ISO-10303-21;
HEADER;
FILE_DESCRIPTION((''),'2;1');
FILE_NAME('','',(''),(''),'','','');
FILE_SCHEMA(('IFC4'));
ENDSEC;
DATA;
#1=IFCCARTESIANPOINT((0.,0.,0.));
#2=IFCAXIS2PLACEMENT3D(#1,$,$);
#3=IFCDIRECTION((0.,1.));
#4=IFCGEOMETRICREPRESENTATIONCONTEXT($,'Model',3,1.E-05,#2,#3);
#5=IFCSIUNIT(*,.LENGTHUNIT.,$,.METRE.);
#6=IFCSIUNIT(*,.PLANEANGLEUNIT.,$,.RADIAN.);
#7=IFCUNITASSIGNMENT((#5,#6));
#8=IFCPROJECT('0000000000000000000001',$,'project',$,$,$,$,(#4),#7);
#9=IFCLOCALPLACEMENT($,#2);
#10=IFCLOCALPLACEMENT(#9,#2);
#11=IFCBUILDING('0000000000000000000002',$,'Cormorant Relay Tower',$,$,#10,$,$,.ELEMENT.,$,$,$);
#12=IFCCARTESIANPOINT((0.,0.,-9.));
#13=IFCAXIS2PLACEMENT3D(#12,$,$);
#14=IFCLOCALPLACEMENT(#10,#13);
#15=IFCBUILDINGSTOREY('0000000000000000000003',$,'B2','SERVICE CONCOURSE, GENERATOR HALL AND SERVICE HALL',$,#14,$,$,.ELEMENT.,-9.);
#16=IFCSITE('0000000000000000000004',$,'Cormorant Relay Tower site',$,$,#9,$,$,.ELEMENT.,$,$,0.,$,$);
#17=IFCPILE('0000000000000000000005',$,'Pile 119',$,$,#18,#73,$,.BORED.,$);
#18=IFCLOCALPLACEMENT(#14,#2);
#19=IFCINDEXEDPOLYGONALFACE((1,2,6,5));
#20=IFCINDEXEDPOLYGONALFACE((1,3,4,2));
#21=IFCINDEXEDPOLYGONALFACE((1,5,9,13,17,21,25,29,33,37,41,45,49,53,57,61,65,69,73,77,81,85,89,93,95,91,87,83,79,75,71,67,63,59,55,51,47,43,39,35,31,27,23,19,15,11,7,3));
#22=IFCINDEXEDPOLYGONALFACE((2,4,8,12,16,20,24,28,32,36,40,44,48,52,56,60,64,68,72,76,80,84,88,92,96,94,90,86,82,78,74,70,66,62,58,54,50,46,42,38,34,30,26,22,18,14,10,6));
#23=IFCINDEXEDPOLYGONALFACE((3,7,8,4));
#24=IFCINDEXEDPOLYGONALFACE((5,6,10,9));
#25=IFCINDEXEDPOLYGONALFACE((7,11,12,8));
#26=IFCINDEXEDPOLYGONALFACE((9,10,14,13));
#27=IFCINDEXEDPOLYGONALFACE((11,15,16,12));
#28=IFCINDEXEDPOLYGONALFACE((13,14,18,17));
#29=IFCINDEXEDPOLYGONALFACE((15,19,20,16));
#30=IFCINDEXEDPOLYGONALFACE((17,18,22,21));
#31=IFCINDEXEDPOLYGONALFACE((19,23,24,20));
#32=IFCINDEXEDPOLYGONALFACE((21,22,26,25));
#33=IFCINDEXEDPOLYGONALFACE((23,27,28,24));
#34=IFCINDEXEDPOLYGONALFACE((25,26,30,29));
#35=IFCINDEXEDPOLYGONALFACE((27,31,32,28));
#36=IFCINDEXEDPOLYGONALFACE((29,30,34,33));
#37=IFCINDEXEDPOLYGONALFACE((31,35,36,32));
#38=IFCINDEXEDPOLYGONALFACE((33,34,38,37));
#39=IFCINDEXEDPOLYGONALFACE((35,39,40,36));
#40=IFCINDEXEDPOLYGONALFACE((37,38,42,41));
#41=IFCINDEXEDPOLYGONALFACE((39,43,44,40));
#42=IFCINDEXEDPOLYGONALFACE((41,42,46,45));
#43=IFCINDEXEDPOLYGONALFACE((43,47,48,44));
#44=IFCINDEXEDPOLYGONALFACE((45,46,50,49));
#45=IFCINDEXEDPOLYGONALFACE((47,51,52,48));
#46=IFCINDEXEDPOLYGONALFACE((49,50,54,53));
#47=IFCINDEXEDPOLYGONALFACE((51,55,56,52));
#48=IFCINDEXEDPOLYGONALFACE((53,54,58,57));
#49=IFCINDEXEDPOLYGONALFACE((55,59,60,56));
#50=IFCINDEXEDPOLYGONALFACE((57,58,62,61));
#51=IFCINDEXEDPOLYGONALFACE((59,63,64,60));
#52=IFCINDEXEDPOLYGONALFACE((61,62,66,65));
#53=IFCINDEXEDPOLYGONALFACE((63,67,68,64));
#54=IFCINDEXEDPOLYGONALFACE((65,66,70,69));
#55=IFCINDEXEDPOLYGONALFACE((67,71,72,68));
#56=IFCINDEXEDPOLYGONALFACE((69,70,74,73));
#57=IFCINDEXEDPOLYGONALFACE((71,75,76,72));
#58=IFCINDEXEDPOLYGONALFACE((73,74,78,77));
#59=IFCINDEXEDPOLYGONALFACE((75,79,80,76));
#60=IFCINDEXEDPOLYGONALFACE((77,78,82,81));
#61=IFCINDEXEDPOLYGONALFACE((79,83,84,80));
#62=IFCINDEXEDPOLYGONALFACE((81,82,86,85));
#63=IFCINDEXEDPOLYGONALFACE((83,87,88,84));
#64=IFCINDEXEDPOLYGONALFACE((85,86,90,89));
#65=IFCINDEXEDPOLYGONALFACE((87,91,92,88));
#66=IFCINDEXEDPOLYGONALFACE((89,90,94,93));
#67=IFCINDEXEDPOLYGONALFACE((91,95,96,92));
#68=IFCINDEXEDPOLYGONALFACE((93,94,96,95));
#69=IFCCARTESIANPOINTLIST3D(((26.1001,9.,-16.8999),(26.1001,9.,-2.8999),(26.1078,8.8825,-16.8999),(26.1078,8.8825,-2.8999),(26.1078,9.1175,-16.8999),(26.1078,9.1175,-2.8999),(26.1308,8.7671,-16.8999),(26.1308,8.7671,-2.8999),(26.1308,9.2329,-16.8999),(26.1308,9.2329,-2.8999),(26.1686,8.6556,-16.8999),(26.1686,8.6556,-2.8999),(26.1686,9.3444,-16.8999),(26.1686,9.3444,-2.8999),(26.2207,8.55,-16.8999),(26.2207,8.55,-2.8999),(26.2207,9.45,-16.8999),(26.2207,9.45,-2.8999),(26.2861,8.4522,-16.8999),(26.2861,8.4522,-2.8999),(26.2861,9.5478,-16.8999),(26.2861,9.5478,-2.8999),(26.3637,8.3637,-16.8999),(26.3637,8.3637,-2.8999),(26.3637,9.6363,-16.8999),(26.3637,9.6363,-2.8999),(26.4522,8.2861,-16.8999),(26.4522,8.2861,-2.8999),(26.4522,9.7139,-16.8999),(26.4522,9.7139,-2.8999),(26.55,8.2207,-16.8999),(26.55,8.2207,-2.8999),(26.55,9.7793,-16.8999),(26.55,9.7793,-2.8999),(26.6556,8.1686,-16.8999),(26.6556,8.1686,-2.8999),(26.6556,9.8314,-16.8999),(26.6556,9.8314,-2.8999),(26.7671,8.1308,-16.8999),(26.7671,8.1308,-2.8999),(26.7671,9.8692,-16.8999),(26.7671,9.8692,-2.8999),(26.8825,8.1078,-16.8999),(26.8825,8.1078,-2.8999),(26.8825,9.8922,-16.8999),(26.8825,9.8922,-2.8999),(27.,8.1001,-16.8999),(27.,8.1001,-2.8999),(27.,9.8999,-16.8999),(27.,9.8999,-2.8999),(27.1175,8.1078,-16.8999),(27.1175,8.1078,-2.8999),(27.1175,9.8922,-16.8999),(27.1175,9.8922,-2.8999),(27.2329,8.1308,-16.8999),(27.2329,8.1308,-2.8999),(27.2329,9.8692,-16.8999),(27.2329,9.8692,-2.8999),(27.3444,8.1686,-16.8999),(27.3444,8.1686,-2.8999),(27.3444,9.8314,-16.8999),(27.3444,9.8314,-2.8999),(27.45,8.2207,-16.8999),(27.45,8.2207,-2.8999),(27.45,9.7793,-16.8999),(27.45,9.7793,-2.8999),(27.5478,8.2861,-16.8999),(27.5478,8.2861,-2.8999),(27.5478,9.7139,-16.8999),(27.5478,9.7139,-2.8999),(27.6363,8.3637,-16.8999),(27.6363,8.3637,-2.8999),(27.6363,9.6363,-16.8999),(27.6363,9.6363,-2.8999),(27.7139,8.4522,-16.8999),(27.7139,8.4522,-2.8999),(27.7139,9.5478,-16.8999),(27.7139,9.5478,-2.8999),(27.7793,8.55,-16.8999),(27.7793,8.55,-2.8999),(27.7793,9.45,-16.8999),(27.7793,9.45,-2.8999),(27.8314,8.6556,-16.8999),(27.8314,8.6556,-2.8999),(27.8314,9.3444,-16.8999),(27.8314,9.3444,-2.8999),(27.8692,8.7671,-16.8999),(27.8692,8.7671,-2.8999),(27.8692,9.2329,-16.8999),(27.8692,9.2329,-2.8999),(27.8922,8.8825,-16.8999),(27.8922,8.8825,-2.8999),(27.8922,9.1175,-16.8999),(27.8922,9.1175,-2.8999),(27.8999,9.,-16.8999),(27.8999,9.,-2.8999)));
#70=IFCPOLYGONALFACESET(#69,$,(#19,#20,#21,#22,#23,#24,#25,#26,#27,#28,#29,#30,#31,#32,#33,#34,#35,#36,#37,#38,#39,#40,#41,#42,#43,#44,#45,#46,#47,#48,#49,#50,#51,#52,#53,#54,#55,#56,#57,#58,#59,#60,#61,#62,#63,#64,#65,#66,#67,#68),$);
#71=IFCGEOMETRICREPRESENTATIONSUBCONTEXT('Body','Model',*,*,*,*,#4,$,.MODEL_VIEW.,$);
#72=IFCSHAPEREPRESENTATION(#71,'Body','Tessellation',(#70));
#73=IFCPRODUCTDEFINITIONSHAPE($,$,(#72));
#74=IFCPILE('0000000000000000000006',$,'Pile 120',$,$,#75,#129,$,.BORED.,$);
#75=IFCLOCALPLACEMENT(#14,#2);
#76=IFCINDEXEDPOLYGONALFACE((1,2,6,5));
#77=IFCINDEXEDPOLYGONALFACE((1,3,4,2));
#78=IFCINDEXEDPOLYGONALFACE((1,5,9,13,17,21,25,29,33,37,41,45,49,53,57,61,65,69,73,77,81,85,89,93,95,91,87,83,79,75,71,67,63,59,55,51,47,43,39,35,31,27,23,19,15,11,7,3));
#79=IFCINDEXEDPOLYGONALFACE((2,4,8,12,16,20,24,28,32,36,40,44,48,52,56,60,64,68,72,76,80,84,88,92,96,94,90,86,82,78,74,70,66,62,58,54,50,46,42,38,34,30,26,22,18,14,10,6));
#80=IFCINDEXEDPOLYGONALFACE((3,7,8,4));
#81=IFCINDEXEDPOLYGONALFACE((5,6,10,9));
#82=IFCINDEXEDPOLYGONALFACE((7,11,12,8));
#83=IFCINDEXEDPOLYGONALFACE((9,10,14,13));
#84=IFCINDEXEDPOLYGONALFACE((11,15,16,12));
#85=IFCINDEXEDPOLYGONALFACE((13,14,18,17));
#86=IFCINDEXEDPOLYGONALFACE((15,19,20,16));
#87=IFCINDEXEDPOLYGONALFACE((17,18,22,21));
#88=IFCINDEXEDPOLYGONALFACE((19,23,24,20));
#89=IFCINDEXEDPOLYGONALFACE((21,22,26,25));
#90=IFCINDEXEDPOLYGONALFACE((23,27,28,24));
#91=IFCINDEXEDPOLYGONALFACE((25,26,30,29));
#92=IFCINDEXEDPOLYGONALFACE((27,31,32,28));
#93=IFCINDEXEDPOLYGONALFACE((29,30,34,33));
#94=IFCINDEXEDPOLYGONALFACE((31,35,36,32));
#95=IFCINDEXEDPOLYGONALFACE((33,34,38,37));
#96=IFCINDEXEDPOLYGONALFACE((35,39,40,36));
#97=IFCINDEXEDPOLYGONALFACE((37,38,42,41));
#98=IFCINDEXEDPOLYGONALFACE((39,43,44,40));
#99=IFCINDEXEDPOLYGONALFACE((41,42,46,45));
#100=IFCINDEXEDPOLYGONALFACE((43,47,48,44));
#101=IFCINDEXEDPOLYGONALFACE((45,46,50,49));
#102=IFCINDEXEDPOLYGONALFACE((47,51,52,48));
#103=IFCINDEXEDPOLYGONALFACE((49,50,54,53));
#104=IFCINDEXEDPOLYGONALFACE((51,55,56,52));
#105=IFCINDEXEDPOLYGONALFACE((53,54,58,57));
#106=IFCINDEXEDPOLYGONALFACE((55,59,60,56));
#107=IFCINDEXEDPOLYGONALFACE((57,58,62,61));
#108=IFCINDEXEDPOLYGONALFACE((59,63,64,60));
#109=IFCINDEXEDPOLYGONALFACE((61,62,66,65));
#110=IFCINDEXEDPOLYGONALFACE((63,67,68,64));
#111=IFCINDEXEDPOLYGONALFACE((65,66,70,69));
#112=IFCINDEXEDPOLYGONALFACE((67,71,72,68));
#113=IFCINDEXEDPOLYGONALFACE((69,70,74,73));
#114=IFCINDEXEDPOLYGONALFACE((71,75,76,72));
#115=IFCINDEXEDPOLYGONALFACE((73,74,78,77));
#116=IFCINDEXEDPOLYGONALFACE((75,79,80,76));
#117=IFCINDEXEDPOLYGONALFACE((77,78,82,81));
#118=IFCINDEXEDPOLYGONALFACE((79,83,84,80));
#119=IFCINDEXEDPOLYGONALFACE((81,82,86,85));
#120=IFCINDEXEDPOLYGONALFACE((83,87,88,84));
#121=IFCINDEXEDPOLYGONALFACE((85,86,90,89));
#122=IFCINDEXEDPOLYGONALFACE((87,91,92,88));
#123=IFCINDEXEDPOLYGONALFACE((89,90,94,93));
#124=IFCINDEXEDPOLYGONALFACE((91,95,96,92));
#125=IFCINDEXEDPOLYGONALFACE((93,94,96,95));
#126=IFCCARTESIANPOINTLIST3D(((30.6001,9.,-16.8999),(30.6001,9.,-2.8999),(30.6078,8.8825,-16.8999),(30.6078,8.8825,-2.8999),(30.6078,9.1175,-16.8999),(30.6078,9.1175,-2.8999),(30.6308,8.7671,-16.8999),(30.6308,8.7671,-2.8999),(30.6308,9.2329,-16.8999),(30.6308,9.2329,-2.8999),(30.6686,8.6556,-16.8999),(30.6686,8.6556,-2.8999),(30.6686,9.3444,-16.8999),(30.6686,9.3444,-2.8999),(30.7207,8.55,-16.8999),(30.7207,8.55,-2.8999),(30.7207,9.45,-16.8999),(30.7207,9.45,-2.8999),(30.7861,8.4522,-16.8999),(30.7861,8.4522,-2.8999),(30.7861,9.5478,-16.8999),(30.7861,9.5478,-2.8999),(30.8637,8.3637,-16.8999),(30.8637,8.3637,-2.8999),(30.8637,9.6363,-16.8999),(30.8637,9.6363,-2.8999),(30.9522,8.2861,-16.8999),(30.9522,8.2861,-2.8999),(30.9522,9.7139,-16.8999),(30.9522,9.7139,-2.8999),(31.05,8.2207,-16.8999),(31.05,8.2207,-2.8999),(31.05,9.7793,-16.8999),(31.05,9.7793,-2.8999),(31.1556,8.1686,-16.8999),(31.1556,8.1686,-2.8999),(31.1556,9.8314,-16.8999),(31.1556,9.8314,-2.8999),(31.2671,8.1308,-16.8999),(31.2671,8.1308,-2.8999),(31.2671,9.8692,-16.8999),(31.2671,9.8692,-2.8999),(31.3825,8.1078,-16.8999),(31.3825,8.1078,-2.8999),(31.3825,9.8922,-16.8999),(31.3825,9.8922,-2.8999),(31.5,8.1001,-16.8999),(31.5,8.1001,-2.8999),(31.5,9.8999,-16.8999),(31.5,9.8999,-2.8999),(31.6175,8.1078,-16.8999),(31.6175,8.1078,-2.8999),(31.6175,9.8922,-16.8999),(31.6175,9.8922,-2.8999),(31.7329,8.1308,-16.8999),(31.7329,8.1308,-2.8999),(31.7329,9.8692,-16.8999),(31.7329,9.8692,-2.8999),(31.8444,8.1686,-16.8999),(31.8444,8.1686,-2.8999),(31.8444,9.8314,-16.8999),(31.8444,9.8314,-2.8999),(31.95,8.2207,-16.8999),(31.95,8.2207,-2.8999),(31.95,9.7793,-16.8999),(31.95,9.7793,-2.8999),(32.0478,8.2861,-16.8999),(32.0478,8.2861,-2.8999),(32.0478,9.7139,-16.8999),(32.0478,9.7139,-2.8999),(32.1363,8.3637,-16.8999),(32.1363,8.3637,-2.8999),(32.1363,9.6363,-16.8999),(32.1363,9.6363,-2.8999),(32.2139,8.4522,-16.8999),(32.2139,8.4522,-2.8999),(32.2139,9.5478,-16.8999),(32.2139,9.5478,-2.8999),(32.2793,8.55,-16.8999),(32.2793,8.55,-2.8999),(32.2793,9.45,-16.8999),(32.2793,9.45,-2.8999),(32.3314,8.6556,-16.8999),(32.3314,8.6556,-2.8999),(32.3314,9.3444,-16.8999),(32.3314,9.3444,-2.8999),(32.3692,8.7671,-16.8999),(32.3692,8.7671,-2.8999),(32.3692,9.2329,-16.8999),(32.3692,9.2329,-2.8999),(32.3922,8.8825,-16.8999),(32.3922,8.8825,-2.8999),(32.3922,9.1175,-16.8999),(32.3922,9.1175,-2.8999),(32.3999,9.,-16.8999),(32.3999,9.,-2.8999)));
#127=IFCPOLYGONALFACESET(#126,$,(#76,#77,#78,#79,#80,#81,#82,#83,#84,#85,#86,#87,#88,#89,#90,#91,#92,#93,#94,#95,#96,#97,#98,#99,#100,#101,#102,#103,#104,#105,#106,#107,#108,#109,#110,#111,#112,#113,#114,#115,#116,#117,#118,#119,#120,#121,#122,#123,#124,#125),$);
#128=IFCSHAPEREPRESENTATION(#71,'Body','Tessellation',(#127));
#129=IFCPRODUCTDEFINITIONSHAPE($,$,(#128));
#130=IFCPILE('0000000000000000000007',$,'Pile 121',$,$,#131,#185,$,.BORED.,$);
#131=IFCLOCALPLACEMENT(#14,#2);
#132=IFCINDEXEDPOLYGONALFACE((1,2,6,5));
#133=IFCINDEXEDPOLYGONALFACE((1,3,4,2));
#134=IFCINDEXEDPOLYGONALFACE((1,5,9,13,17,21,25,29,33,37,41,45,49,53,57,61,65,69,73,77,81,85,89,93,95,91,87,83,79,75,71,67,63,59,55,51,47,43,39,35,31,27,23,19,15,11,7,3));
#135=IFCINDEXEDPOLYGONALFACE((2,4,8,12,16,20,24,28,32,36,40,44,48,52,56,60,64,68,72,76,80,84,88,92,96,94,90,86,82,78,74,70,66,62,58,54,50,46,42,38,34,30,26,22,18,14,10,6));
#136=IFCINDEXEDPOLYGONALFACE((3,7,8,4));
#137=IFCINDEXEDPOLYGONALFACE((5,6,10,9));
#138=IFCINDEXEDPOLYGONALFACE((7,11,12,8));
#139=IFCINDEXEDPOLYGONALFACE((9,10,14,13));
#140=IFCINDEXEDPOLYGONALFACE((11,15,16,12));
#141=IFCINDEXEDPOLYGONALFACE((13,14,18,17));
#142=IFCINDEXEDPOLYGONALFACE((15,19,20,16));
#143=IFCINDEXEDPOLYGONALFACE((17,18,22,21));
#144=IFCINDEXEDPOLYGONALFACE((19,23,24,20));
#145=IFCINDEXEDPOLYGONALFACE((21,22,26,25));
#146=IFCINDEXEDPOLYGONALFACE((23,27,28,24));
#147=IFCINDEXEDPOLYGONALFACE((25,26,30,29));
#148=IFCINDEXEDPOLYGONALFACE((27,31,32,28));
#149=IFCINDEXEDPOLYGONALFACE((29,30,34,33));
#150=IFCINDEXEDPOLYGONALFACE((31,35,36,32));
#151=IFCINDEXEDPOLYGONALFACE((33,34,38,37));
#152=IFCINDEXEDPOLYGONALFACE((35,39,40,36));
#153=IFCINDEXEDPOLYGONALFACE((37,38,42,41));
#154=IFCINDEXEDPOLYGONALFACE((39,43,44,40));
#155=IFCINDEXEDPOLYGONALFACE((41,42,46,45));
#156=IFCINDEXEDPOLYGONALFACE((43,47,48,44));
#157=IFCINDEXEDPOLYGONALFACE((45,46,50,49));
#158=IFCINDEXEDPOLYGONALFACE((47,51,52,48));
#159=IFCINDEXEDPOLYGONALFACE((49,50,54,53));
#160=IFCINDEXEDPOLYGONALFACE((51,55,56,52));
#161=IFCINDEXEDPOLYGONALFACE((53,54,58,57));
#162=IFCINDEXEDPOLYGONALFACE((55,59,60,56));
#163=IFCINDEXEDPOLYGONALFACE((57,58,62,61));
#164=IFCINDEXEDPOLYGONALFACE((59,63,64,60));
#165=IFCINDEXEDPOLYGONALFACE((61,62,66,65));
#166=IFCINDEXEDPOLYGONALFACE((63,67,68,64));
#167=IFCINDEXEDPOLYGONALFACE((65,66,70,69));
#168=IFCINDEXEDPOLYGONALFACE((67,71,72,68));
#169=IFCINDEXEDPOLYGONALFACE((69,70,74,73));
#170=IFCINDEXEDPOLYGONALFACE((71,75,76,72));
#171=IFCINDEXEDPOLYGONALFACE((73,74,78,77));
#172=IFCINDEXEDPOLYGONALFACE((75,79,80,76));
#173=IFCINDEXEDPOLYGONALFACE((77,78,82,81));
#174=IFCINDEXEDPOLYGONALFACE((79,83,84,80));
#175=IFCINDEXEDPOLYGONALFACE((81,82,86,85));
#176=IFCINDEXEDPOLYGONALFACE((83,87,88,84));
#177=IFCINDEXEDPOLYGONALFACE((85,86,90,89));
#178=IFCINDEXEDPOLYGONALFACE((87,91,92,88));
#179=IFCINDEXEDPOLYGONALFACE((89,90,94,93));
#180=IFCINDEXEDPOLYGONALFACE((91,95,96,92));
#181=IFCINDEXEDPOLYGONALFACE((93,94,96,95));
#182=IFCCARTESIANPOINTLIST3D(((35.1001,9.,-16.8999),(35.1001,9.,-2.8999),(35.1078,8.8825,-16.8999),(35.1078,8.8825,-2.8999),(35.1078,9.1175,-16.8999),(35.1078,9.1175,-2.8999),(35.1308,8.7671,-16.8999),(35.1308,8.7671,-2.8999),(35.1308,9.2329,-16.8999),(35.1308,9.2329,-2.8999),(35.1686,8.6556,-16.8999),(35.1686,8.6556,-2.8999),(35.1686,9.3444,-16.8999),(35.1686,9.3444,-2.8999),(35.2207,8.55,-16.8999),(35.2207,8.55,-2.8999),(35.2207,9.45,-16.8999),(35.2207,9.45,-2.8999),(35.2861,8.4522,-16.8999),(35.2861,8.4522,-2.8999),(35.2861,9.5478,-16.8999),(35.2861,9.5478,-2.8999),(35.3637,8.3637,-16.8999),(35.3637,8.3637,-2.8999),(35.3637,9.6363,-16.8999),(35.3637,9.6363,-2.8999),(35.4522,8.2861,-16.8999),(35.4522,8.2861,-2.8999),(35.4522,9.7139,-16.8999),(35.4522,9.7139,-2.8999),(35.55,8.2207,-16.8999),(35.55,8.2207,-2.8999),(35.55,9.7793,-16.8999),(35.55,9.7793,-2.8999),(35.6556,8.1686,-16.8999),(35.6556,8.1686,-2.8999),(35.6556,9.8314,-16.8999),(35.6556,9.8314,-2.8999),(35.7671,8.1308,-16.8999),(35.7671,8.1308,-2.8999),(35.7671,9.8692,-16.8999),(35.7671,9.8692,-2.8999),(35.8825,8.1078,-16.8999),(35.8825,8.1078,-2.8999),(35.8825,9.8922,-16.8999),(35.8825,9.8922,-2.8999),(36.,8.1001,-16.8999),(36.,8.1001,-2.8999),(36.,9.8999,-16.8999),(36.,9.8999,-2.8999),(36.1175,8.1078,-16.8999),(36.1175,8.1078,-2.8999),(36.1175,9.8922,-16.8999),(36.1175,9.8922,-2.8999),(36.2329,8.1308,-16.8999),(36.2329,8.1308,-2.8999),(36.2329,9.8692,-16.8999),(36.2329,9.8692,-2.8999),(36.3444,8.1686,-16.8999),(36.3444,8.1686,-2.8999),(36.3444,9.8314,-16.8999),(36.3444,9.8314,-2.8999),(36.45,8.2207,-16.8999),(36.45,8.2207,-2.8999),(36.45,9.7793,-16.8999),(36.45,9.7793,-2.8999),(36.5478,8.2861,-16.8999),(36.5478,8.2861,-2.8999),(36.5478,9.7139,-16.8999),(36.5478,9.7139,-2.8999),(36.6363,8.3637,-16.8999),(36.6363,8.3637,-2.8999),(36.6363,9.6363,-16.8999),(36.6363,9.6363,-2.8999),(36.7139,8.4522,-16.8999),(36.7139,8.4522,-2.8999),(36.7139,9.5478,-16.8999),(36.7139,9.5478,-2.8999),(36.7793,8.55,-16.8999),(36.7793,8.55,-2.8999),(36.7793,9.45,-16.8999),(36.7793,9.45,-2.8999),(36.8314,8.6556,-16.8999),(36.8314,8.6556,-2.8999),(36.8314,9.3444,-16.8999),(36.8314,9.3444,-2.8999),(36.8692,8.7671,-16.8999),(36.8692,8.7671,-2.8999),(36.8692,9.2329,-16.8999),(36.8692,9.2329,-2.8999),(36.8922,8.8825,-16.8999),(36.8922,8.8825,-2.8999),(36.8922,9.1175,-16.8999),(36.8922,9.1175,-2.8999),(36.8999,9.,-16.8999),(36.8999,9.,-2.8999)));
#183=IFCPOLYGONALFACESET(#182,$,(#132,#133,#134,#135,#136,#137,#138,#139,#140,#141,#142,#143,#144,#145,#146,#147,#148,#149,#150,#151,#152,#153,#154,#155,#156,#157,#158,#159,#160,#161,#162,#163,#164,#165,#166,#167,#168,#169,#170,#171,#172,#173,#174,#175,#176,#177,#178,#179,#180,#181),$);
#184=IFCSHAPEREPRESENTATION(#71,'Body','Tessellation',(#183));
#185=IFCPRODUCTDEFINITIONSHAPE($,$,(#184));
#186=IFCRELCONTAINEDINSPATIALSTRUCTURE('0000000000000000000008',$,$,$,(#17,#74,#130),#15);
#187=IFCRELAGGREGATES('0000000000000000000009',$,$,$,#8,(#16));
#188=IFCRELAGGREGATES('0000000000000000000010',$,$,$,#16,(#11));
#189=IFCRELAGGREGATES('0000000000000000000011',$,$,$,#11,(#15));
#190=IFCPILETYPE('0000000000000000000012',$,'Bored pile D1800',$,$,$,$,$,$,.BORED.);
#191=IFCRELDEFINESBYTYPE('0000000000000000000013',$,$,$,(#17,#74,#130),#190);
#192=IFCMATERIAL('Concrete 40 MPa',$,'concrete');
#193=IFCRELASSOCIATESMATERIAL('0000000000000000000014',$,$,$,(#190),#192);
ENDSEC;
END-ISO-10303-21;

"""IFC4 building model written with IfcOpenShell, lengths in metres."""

from ifc_helpers import new_model, si_unit, direction, frame, origin, origin_2d, place, context, subcontext, project, spatial, circle, extrude, material, material_profile, profile_set, type_object, element, save


model = new_model("IFC4")

# Units and contexts
model_context = context("Model", 3, precision=1e-05, world=origin(), true_north=direction((0.0, 1.0)))
body_context = subcontext(model_context, "Body", "Model", "MODEL_VIEW")
ifc_project = project(units=[si_unit("LENGTHUNIT", "METRE"), si_unit("PLANEANGLEUNIT", "RADIAN")], contexts=[model_context])

# Site, building, storey
site_placement = place(None, origin())
site = spatial("IfcSite", under=ifc_project, at=site_placement, Name="Cormorant Relay Tower site", CompositionType="ELEMENT", RefElevation=0.0)
building_placement = place(site_placement, origin())
building = spatial("IfcBuilding", under=site, at=building_placement, Name="Cormorant Relay Tower", CompositionType="ELEMENT")
storey_placement = place(building_placement, frame((0.0, 0.0, -9.0)))
storey = spatial("IfcBuildingStorey", under=building, at=storey_placement, Name="B2", Description="SERVICE CONCOURSE, GENERATOR HALL AND SERVICE HALL", CompositionType="ELEMENT", Elevation=-9.0)

# Piles
ifc_material_1 = material(Name="Concrete 40 MPa", Category="concrete")
ifc_material_profile = material_profile(ifc_material_1, circle(Radius=0.8999, at=origin_2d()), Name="BP1800")
ifc_profile_set = profile_set([ifc_material_profile], Name="Concrete 40 MPa")
pile_type = type_object("IfcPileType", Name="Bored pile D1800", PredefinedType="BORED", material=ifc_profile_set)
for number, where, z_axis, x_axis, name in (
    (1, (27.0, 9.0, -2.8999), (0.0, 0.0, -1.0), (1.0, 0.0, 0.0), "Pile 119"),
    (2, (31.5, 9.0, -2.8999), (0.0, 0.0, -1.0), (1.0, 0.0, 0.0), "Pile 120"),
    (3, (36.0, 9.0, -2.8999), (0.0, 0.0, -1.0), (1.0, 0.0, 0.0), "Pile 121"),
):
    element("IfcPile", number, at=place(storey_placement, frame(where, z_axis=z_axis, x_axis=x_axis)), inside=storey, type_object=pile_type, Name=name, PredefinedType="BORED", context=body_context, shape_type="SweptSolid", body=[
        extrude(circle(Radius=0.8999, at=origin_2d()), origin(), (0.0, 0.0, 1.0), 14.0),
    ])

save(model, "model.ifc")
